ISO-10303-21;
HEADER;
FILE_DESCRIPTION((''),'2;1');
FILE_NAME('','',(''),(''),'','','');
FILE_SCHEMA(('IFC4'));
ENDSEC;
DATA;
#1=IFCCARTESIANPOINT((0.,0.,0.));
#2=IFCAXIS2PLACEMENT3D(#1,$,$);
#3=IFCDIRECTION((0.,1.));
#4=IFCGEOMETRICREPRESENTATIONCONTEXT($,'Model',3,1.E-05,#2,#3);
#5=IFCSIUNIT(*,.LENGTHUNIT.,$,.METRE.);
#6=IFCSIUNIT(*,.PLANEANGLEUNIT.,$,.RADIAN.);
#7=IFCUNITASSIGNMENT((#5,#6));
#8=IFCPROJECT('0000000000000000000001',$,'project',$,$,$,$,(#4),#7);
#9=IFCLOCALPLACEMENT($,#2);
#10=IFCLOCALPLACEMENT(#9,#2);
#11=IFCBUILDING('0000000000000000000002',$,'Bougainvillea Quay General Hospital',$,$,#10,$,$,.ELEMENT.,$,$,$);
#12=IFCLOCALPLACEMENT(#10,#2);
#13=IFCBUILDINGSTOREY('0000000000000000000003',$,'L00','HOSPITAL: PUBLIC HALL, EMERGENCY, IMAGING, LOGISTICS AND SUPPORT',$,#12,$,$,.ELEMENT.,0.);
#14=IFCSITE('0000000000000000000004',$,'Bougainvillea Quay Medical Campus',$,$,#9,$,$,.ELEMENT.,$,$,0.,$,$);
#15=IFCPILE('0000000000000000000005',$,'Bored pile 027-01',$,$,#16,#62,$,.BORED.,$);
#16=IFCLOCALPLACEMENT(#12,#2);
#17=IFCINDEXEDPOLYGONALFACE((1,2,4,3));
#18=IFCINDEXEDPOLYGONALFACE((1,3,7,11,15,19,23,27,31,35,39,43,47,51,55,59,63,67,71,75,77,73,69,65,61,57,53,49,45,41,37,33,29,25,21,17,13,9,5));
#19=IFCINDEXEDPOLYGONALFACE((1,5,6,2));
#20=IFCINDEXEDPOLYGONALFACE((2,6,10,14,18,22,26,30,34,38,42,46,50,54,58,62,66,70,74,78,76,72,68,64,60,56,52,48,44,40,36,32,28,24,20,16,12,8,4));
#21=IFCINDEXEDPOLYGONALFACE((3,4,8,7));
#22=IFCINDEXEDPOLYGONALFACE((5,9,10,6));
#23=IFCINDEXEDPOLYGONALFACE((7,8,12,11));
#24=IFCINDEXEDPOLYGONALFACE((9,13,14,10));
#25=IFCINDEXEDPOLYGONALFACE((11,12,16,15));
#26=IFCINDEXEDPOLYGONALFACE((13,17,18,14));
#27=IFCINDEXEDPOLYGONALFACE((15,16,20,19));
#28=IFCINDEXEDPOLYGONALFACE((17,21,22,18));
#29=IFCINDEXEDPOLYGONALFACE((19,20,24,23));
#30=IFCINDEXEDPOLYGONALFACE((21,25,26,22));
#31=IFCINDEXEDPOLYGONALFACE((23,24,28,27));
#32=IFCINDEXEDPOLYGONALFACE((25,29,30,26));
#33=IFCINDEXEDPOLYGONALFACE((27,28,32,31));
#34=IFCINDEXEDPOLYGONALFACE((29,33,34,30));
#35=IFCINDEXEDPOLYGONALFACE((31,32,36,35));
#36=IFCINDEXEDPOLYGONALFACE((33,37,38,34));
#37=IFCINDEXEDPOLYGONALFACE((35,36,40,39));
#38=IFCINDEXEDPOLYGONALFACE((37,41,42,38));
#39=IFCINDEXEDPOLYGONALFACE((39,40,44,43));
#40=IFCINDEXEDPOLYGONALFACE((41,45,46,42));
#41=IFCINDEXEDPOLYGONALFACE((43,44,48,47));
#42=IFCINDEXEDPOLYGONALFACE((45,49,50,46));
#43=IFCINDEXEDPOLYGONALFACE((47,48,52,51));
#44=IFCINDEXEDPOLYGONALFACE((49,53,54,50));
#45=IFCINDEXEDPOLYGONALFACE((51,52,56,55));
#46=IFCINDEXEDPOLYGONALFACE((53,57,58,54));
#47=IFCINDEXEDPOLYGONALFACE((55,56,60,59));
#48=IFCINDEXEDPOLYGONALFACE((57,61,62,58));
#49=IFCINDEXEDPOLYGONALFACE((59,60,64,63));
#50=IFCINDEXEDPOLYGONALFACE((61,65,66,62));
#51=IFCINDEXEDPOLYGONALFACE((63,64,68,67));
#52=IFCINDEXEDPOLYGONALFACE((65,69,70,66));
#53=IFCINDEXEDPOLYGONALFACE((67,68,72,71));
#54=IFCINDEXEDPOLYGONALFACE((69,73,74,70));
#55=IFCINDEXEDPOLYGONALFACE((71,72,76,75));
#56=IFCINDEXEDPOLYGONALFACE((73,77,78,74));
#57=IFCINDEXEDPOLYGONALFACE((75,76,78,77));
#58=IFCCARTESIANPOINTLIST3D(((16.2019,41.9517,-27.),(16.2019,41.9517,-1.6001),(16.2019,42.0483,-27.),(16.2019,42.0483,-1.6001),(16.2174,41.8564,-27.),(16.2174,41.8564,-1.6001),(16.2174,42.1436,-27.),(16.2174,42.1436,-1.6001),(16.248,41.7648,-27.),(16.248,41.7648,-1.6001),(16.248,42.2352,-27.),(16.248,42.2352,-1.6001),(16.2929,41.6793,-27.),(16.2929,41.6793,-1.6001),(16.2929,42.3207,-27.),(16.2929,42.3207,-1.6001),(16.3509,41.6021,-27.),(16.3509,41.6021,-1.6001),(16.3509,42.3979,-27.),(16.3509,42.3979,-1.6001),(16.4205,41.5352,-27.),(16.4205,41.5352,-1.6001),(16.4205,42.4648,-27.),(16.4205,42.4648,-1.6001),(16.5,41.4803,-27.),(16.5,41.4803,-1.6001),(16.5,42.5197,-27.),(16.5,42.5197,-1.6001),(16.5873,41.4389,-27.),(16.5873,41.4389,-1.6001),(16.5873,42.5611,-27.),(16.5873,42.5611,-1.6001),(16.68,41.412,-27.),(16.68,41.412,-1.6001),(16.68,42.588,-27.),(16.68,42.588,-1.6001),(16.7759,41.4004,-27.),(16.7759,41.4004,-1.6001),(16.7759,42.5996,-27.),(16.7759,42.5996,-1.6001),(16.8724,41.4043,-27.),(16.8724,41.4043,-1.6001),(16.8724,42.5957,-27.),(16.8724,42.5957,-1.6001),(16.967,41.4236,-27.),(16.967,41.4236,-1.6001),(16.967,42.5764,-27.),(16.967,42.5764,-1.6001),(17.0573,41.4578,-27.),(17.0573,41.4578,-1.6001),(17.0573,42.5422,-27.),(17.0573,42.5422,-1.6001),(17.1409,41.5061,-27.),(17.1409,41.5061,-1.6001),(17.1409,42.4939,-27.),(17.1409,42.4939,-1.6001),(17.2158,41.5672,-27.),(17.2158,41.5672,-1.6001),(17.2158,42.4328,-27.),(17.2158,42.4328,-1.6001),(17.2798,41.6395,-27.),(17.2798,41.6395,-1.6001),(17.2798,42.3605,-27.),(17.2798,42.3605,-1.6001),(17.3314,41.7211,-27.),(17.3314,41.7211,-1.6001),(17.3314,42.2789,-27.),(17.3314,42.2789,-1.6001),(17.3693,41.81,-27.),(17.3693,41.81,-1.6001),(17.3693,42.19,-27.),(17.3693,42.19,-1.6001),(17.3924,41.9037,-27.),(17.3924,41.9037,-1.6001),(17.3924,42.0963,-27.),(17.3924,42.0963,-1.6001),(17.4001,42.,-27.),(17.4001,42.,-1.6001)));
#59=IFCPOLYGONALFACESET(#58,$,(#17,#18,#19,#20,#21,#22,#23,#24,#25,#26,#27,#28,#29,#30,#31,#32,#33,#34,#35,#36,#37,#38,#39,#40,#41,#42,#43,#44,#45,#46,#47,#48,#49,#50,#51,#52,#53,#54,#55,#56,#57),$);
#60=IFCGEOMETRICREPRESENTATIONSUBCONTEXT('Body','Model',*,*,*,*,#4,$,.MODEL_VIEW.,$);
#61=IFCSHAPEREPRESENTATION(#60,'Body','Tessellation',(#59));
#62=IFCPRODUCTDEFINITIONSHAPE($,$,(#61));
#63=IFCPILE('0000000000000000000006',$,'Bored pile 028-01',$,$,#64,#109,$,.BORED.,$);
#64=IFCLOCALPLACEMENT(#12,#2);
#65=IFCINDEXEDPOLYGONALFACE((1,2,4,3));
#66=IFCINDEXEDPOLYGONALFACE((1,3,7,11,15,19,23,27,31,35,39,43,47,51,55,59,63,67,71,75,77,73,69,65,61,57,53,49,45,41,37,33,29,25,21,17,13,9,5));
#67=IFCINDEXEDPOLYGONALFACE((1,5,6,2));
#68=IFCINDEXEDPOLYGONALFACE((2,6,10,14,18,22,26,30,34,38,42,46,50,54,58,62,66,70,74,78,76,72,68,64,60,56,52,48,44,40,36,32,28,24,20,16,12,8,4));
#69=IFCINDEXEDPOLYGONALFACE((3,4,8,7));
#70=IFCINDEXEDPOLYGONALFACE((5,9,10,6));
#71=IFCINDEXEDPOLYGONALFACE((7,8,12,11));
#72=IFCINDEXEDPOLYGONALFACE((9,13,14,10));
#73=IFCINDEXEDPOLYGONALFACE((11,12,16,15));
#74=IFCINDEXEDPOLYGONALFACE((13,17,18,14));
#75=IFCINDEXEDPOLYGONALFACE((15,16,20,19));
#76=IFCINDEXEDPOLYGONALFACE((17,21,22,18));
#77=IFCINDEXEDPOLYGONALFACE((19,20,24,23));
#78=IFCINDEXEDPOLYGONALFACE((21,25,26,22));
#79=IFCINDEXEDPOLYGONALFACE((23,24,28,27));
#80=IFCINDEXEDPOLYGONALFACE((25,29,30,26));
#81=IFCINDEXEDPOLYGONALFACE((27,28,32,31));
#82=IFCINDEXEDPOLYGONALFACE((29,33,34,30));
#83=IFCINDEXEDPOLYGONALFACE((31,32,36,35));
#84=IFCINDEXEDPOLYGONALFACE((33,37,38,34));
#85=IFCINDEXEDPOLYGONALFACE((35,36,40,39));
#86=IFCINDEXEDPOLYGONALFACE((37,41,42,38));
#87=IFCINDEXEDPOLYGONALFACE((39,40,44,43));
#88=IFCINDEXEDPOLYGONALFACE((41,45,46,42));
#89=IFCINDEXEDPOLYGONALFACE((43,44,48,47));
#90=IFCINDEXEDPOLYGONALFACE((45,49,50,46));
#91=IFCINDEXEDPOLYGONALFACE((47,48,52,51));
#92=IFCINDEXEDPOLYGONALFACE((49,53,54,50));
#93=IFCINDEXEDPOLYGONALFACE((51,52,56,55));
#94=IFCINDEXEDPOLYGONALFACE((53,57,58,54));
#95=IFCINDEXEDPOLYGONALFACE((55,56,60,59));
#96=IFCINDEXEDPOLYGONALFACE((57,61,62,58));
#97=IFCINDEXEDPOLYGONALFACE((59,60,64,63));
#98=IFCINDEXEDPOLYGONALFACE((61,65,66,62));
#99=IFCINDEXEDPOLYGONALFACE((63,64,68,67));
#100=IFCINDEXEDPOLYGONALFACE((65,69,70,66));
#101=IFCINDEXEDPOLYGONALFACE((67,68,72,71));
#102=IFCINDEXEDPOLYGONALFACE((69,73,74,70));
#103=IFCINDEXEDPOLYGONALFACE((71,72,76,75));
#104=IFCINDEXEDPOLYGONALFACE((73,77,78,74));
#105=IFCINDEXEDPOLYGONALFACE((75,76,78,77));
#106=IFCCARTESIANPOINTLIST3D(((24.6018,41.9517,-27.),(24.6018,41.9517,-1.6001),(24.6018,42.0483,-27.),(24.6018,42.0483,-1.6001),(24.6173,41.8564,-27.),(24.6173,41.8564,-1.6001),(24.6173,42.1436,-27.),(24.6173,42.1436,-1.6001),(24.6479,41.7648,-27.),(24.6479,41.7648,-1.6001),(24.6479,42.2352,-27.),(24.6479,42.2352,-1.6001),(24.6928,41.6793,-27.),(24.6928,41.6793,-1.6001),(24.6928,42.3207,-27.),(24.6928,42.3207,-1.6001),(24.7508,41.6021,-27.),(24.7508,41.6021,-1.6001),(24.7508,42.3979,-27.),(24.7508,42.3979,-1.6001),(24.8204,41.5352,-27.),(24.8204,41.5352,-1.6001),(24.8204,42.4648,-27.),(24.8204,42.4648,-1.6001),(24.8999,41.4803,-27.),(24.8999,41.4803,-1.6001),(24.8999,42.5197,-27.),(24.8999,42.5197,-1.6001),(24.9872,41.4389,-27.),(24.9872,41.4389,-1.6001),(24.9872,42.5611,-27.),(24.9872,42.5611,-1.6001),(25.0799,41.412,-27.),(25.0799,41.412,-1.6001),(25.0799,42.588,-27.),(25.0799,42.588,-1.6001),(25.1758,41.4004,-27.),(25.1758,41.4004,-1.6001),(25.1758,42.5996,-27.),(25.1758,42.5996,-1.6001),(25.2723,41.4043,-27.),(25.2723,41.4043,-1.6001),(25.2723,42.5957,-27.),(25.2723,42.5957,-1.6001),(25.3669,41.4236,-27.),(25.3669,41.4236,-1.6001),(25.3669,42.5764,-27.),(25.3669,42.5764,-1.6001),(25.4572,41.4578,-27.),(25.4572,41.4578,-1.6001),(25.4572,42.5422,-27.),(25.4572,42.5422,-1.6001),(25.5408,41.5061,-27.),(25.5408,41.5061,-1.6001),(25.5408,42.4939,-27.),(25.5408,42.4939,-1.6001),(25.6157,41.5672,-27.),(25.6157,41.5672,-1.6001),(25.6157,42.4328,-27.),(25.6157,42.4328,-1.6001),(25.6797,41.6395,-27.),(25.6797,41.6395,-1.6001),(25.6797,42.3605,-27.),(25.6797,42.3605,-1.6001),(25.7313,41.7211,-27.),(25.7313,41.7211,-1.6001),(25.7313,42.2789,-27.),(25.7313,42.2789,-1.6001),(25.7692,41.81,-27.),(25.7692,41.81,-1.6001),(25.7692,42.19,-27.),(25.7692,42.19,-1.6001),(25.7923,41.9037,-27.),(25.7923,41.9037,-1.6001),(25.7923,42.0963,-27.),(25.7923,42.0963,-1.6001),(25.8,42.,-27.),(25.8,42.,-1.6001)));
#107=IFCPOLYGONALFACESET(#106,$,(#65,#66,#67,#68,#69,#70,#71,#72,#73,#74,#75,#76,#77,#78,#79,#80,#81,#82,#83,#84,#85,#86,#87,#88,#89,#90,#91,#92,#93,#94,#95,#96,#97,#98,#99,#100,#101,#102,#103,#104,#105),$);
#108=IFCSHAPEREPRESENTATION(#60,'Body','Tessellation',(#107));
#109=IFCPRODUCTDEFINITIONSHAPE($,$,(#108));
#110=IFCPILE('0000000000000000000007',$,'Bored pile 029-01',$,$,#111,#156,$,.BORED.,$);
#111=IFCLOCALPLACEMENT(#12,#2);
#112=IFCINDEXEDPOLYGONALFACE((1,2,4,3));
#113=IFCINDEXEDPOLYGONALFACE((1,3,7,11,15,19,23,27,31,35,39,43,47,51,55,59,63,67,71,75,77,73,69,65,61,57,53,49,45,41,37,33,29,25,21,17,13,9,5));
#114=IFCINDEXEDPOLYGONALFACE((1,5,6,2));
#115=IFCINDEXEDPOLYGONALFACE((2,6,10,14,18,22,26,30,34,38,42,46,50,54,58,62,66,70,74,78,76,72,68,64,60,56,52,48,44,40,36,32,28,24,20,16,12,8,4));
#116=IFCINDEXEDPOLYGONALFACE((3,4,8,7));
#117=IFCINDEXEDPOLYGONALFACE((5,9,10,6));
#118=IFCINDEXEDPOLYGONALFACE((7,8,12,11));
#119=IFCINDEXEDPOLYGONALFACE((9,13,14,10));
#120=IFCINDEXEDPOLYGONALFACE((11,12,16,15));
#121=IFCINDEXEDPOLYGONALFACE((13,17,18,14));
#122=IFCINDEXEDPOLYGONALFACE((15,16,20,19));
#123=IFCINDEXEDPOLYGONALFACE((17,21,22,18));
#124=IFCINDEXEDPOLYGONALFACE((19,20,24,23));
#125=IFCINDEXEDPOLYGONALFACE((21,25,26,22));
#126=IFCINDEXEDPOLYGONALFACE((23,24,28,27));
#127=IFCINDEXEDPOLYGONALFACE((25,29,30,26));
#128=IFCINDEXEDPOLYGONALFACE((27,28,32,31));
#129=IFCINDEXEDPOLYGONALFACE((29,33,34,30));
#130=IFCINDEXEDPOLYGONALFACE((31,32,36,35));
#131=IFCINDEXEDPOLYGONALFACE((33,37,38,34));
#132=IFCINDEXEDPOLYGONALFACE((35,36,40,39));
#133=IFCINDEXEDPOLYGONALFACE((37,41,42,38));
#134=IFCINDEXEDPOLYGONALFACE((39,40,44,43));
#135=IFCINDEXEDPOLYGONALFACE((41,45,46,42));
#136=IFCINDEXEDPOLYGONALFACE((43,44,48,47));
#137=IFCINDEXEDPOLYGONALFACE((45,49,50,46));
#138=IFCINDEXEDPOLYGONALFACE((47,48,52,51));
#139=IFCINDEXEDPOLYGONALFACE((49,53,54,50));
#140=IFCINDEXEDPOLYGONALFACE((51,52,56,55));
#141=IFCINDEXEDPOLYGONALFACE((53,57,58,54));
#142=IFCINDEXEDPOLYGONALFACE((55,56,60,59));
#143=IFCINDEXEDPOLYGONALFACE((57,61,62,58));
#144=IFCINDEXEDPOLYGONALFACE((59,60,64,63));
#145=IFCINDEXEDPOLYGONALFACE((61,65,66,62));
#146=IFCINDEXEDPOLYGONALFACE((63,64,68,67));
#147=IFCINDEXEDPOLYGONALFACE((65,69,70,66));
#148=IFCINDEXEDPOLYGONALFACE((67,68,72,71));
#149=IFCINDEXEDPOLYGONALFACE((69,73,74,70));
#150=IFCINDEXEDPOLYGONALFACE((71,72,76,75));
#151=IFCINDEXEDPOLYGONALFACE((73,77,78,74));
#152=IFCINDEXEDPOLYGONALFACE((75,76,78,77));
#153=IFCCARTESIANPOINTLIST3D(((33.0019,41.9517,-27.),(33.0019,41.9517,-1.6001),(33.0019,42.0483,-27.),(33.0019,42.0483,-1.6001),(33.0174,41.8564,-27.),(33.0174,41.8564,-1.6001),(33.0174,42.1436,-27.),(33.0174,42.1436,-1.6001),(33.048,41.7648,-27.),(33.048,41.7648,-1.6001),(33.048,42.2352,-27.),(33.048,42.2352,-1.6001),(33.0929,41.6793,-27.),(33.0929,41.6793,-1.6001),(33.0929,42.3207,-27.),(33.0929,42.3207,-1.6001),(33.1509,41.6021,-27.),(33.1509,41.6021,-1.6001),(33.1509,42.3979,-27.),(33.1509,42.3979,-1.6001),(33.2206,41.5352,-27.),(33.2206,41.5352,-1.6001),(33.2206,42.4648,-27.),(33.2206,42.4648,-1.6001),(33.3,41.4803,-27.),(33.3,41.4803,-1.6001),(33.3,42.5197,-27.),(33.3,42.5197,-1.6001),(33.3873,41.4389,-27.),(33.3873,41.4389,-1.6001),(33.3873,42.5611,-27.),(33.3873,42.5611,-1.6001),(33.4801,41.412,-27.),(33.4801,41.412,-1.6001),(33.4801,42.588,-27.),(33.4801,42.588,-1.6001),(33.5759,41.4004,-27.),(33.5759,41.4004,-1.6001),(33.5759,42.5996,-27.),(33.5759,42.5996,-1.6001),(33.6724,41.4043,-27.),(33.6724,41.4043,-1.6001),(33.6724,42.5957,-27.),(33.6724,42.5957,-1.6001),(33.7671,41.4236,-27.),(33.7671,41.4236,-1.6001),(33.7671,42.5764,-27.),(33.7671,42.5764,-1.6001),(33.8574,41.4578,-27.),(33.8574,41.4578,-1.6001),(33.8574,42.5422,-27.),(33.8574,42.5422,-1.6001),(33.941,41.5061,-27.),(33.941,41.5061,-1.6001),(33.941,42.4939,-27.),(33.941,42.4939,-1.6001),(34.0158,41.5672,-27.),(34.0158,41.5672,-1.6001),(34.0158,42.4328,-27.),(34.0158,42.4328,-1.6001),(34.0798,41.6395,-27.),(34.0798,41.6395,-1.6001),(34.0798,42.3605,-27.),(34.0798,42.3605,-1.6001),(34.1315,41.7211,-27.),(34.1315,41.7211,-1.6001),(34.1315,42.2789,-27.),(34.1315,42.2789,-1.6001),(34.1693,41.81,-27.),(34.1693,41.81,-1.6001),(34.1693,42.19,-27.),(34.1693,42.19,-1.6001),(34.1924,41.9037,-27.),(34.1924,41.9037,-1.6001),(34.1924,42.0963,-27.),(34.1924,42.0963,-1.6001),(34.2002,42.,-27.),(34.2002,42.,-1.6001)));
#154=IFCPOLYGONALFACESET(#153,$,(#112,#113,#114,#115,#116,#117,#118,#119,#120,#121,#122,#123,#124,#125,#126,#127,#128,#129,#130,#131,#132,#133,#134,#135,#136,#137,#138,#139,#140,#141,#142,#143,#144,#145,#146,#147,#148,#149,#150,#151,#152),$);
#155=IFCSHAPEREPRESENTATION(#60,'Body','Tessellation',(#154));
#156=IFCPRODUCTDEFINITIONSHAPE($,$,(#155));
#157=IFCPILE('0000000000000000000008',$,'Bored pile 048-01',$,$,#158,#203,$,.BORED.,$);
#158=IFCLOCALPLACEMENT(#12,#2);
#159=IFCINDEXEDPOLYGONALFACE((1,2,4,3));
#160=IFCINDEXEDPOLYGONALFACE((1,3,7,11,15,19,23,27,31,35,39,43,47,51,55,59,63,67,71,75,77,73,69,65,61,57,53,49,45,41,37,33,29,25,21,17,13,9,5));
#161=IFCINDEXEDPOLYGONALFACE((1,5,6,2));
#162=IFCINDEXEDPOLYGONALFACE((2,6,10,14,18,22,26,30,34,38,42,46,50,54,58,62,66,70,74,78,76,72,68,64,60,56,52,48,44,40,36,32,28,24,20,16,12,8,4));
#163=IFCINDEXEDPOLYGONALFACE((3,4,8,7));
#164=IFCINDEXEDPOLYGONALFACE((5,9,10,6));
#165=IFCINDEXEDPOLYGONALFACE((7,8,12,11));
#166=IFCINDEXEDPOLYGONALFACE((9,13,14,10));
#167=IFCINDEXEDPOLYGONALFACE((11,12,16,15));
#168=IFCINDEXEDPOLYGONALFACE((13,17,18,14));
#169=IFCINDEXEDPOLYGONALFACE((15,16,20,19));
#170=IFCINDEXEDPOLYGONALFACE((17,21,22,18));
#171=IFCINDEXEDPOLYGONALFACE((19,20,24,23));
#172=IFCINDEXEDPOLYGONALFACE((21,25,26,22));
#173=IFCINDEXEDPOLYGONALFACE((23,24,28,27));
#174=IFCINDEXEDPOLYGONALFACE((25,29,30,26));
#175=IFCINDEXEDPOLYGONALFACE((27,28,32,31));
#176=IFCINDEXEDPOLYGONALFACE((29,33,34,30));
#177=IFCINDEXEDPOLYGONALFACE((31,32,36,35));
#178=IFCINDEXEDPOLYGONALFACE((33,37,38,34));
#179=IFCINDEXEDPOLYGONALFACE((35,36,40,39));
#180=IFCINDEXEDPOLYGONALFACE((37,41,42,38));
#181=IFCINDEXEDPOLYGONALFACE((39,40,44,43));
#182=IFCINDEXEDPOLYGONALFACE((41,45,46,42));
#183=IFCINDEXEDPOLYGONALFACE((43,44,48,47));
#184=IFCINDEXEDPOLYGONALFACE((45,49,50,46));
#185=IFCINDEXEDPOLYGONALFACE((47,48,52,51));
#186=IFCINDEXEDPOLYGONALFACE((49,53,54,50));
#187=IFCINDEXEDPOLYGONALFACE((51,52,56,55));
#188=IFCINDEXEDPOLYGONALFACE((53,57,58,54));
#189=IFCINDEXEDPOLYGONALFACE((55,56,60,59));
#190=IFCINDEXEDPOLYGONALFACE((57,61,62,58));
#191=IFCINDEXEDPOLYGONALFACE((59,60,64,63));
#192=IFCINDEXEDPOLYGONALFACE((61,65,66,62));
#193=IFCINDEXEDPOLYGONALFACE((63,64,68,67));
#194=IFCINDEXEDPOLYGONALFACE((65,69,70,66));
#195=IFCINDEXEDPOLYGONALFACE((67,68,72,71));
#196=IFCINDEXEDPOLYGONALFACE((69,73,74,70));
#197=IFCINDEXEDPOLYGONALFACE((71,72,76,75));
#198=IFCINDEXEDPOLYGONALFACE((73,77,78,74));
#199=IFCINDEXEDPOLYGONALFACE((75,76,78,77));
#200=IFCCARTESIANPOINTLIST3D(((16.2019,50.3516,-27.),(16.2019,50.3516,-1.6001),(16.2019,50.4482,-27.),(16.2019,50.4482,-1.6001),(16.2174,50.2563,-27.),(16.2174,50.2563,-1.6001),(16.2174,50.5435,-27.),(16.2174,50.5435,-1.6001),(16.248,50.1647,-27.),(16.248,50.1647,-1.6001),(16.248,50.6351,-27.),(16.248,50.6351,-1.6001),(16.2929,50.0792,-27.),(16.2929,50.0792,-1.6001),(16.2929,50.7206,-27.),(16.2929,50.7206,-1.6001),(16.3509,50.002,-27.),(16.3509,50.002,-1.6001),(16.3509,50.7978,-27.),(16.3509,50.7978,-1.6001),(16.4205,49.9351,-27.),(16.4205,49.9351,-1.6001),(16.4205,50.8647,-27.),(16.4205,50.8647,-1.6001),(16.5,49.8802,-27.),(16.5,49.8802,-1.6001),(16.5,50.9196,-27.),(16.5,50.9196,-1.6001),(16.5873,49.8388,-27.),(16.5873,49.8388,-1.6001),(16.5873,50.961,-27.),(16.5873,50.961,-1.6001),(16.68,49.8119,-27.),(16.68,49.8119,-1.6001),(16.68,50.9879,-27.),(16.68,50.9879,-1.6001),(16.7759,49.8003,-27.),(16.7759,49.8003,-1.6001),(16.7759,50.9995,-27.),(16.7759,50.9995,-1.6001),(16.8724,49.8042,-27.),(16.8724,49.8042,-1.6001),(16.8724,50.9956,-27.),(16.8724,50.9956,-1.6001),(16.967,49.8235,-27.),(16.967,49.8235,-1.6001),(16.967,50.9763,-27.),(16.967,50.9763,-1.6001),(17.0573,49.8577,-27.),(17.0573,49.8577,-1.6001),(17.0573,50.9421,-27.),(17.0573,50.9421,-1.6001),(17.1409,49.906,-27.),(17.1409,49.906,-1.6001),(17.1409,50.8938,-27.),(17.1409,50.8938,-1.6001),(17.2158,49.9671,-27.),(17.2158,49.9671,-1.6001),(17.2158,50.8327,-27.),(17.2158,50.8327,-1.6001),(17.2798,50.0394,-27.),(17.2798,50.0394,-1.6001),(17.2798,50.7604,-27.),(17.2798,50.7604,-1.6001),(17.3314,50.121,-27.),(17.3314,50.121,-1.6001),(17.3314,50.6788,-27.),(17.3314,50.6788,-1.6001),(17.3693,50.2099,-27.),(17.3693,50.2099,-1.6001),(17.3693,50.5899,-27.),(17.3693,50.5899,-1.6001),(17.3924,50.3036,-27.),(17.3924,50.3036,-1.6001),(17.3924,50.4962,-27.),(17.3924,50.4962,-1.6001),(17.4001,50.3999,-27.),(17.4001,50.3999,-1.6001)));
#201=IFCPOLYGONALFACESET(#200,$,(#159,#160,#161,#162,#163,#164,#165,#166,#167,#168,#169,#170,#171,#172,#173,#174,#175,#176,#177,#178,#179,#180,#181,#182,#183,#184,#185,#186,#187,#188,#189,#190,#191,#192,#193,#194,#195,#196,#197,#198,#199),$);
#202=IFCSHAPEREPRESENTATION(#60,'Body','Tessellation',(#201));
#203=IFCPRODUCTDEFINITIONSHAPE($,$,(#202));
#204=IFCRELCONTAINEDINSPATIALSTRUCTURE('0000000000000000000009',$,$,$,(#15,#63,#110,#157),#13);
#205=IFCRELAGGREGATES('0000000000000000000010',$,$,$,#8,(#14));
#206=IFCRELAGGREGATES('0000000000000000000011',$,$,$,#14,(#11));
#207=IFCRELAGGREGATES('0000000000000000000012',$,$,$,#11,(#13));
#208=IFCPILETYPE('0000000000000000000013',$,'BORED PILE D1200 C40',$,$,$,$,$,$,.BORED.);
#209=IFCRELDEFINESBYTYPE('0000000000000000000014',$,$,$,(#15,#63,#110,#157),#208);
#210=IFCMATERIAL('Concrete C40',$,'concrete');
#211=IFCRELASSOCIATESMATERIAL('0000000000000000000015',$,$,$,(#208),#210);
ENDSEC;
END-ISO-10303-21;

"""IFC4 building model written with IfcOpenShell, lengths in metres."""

from ifc_helpers import new_model, si_unit, direction, frame, origin, origin_2d, place, context, subcontext, project, spatial, circle, extrude, material, material_profile, profile_set, type_object, element, save


model = new_model("IFC4")

# Units and contexts
model_context = context("Model", 3, precision=1e-05, world=origin(), true_north=direction((0.0, 1.0)))
body_context = subcontext(model_context, "Body", "Model", "MODEL_VIEW")
ifc_project = project(units=[si_unit("LENGTHUNIT", "METRE"), si_unit("PLANEANGLEUNIT", "RADIAN")], contexts=[model_context])

# Site, building, storey
site_placement = place(None, origin())
site = spatial("IfcSite", under=ifc_project, at=site_placement, Name="Bougainvillea Quay Medical Campus", CompositionType="ELEMENT", RefElevation=0.0)
building_placement = place(site_placement, origin())
building = spatial("IfcBuilding", under=site, at=building_placement, Name="Bougainvillea Quay General Hospital", CompositionType="ELEMENT")
storey_placement = place(building_placement, origin())
storey = spatial("IfcBuildingStorey", under=building, at=storey_placement, Name="L00", Description="HOSPITAL: PUBLIC HALL, EMERGENCY, IMAGING, LOGISTICS AND SUPPORT", CompositionType="ELEMENT", Elevation=0.0)

# Piles
ifc_material_1 = material(Name="Concrete C40", Category="concrete")
ifc_material_profile_1 = material_profile(ifc_material_1, circle(Radius=0.6001, at=origin_2d()))
ifc_profile_set_1 = profile_set([ifc_material_profile_1], Name="Concrete C40")
pile_type = type_object("IfcPileType", Name="BORED PILE D1200 C40", PredefinedType="BORED", material=ifc_profile_set_1)
for number, where, z_axis, x_axis, name in (
    (1, (16.8, 42.0, -1.6001), (0.0, 0.0, -1.0), (1.0, 0.0, 0.0), "Bored pile 027-01"),
    (2, (25.2, 42.0, -1.6001), (0.0, 0.0, -1.0), (1.0, 0.0, 0.0), "Bored pile 028-01"),
    (3, (33.6001, 42.0, -1.6001), (0.0, 0.0, -1.0), (1.0, 0.0, 0.0), "Bored pile 029-01"),
    (4, (16.8, 50.3999, -1.6001), (0.0, 0.0, -1.0), (1.0, 0.0, 0.0), "Bored pile 048-01"),
):
    element("IfcPile", number, at=place(storey_placement, frame(where, z_axis=z_axis, x_axis=x_axis)), inside=storey, type_object=pile_type, Name=name, PredefinedType="BORED", context=body_context, shape_type="SweptSolid", body=[
        extrude(circle(Radius=0.6001, at=origin_2d()), origin(), (0.0, 0.0, 1.0), 25.3999),
    ])

save(model, "model.ifc")
